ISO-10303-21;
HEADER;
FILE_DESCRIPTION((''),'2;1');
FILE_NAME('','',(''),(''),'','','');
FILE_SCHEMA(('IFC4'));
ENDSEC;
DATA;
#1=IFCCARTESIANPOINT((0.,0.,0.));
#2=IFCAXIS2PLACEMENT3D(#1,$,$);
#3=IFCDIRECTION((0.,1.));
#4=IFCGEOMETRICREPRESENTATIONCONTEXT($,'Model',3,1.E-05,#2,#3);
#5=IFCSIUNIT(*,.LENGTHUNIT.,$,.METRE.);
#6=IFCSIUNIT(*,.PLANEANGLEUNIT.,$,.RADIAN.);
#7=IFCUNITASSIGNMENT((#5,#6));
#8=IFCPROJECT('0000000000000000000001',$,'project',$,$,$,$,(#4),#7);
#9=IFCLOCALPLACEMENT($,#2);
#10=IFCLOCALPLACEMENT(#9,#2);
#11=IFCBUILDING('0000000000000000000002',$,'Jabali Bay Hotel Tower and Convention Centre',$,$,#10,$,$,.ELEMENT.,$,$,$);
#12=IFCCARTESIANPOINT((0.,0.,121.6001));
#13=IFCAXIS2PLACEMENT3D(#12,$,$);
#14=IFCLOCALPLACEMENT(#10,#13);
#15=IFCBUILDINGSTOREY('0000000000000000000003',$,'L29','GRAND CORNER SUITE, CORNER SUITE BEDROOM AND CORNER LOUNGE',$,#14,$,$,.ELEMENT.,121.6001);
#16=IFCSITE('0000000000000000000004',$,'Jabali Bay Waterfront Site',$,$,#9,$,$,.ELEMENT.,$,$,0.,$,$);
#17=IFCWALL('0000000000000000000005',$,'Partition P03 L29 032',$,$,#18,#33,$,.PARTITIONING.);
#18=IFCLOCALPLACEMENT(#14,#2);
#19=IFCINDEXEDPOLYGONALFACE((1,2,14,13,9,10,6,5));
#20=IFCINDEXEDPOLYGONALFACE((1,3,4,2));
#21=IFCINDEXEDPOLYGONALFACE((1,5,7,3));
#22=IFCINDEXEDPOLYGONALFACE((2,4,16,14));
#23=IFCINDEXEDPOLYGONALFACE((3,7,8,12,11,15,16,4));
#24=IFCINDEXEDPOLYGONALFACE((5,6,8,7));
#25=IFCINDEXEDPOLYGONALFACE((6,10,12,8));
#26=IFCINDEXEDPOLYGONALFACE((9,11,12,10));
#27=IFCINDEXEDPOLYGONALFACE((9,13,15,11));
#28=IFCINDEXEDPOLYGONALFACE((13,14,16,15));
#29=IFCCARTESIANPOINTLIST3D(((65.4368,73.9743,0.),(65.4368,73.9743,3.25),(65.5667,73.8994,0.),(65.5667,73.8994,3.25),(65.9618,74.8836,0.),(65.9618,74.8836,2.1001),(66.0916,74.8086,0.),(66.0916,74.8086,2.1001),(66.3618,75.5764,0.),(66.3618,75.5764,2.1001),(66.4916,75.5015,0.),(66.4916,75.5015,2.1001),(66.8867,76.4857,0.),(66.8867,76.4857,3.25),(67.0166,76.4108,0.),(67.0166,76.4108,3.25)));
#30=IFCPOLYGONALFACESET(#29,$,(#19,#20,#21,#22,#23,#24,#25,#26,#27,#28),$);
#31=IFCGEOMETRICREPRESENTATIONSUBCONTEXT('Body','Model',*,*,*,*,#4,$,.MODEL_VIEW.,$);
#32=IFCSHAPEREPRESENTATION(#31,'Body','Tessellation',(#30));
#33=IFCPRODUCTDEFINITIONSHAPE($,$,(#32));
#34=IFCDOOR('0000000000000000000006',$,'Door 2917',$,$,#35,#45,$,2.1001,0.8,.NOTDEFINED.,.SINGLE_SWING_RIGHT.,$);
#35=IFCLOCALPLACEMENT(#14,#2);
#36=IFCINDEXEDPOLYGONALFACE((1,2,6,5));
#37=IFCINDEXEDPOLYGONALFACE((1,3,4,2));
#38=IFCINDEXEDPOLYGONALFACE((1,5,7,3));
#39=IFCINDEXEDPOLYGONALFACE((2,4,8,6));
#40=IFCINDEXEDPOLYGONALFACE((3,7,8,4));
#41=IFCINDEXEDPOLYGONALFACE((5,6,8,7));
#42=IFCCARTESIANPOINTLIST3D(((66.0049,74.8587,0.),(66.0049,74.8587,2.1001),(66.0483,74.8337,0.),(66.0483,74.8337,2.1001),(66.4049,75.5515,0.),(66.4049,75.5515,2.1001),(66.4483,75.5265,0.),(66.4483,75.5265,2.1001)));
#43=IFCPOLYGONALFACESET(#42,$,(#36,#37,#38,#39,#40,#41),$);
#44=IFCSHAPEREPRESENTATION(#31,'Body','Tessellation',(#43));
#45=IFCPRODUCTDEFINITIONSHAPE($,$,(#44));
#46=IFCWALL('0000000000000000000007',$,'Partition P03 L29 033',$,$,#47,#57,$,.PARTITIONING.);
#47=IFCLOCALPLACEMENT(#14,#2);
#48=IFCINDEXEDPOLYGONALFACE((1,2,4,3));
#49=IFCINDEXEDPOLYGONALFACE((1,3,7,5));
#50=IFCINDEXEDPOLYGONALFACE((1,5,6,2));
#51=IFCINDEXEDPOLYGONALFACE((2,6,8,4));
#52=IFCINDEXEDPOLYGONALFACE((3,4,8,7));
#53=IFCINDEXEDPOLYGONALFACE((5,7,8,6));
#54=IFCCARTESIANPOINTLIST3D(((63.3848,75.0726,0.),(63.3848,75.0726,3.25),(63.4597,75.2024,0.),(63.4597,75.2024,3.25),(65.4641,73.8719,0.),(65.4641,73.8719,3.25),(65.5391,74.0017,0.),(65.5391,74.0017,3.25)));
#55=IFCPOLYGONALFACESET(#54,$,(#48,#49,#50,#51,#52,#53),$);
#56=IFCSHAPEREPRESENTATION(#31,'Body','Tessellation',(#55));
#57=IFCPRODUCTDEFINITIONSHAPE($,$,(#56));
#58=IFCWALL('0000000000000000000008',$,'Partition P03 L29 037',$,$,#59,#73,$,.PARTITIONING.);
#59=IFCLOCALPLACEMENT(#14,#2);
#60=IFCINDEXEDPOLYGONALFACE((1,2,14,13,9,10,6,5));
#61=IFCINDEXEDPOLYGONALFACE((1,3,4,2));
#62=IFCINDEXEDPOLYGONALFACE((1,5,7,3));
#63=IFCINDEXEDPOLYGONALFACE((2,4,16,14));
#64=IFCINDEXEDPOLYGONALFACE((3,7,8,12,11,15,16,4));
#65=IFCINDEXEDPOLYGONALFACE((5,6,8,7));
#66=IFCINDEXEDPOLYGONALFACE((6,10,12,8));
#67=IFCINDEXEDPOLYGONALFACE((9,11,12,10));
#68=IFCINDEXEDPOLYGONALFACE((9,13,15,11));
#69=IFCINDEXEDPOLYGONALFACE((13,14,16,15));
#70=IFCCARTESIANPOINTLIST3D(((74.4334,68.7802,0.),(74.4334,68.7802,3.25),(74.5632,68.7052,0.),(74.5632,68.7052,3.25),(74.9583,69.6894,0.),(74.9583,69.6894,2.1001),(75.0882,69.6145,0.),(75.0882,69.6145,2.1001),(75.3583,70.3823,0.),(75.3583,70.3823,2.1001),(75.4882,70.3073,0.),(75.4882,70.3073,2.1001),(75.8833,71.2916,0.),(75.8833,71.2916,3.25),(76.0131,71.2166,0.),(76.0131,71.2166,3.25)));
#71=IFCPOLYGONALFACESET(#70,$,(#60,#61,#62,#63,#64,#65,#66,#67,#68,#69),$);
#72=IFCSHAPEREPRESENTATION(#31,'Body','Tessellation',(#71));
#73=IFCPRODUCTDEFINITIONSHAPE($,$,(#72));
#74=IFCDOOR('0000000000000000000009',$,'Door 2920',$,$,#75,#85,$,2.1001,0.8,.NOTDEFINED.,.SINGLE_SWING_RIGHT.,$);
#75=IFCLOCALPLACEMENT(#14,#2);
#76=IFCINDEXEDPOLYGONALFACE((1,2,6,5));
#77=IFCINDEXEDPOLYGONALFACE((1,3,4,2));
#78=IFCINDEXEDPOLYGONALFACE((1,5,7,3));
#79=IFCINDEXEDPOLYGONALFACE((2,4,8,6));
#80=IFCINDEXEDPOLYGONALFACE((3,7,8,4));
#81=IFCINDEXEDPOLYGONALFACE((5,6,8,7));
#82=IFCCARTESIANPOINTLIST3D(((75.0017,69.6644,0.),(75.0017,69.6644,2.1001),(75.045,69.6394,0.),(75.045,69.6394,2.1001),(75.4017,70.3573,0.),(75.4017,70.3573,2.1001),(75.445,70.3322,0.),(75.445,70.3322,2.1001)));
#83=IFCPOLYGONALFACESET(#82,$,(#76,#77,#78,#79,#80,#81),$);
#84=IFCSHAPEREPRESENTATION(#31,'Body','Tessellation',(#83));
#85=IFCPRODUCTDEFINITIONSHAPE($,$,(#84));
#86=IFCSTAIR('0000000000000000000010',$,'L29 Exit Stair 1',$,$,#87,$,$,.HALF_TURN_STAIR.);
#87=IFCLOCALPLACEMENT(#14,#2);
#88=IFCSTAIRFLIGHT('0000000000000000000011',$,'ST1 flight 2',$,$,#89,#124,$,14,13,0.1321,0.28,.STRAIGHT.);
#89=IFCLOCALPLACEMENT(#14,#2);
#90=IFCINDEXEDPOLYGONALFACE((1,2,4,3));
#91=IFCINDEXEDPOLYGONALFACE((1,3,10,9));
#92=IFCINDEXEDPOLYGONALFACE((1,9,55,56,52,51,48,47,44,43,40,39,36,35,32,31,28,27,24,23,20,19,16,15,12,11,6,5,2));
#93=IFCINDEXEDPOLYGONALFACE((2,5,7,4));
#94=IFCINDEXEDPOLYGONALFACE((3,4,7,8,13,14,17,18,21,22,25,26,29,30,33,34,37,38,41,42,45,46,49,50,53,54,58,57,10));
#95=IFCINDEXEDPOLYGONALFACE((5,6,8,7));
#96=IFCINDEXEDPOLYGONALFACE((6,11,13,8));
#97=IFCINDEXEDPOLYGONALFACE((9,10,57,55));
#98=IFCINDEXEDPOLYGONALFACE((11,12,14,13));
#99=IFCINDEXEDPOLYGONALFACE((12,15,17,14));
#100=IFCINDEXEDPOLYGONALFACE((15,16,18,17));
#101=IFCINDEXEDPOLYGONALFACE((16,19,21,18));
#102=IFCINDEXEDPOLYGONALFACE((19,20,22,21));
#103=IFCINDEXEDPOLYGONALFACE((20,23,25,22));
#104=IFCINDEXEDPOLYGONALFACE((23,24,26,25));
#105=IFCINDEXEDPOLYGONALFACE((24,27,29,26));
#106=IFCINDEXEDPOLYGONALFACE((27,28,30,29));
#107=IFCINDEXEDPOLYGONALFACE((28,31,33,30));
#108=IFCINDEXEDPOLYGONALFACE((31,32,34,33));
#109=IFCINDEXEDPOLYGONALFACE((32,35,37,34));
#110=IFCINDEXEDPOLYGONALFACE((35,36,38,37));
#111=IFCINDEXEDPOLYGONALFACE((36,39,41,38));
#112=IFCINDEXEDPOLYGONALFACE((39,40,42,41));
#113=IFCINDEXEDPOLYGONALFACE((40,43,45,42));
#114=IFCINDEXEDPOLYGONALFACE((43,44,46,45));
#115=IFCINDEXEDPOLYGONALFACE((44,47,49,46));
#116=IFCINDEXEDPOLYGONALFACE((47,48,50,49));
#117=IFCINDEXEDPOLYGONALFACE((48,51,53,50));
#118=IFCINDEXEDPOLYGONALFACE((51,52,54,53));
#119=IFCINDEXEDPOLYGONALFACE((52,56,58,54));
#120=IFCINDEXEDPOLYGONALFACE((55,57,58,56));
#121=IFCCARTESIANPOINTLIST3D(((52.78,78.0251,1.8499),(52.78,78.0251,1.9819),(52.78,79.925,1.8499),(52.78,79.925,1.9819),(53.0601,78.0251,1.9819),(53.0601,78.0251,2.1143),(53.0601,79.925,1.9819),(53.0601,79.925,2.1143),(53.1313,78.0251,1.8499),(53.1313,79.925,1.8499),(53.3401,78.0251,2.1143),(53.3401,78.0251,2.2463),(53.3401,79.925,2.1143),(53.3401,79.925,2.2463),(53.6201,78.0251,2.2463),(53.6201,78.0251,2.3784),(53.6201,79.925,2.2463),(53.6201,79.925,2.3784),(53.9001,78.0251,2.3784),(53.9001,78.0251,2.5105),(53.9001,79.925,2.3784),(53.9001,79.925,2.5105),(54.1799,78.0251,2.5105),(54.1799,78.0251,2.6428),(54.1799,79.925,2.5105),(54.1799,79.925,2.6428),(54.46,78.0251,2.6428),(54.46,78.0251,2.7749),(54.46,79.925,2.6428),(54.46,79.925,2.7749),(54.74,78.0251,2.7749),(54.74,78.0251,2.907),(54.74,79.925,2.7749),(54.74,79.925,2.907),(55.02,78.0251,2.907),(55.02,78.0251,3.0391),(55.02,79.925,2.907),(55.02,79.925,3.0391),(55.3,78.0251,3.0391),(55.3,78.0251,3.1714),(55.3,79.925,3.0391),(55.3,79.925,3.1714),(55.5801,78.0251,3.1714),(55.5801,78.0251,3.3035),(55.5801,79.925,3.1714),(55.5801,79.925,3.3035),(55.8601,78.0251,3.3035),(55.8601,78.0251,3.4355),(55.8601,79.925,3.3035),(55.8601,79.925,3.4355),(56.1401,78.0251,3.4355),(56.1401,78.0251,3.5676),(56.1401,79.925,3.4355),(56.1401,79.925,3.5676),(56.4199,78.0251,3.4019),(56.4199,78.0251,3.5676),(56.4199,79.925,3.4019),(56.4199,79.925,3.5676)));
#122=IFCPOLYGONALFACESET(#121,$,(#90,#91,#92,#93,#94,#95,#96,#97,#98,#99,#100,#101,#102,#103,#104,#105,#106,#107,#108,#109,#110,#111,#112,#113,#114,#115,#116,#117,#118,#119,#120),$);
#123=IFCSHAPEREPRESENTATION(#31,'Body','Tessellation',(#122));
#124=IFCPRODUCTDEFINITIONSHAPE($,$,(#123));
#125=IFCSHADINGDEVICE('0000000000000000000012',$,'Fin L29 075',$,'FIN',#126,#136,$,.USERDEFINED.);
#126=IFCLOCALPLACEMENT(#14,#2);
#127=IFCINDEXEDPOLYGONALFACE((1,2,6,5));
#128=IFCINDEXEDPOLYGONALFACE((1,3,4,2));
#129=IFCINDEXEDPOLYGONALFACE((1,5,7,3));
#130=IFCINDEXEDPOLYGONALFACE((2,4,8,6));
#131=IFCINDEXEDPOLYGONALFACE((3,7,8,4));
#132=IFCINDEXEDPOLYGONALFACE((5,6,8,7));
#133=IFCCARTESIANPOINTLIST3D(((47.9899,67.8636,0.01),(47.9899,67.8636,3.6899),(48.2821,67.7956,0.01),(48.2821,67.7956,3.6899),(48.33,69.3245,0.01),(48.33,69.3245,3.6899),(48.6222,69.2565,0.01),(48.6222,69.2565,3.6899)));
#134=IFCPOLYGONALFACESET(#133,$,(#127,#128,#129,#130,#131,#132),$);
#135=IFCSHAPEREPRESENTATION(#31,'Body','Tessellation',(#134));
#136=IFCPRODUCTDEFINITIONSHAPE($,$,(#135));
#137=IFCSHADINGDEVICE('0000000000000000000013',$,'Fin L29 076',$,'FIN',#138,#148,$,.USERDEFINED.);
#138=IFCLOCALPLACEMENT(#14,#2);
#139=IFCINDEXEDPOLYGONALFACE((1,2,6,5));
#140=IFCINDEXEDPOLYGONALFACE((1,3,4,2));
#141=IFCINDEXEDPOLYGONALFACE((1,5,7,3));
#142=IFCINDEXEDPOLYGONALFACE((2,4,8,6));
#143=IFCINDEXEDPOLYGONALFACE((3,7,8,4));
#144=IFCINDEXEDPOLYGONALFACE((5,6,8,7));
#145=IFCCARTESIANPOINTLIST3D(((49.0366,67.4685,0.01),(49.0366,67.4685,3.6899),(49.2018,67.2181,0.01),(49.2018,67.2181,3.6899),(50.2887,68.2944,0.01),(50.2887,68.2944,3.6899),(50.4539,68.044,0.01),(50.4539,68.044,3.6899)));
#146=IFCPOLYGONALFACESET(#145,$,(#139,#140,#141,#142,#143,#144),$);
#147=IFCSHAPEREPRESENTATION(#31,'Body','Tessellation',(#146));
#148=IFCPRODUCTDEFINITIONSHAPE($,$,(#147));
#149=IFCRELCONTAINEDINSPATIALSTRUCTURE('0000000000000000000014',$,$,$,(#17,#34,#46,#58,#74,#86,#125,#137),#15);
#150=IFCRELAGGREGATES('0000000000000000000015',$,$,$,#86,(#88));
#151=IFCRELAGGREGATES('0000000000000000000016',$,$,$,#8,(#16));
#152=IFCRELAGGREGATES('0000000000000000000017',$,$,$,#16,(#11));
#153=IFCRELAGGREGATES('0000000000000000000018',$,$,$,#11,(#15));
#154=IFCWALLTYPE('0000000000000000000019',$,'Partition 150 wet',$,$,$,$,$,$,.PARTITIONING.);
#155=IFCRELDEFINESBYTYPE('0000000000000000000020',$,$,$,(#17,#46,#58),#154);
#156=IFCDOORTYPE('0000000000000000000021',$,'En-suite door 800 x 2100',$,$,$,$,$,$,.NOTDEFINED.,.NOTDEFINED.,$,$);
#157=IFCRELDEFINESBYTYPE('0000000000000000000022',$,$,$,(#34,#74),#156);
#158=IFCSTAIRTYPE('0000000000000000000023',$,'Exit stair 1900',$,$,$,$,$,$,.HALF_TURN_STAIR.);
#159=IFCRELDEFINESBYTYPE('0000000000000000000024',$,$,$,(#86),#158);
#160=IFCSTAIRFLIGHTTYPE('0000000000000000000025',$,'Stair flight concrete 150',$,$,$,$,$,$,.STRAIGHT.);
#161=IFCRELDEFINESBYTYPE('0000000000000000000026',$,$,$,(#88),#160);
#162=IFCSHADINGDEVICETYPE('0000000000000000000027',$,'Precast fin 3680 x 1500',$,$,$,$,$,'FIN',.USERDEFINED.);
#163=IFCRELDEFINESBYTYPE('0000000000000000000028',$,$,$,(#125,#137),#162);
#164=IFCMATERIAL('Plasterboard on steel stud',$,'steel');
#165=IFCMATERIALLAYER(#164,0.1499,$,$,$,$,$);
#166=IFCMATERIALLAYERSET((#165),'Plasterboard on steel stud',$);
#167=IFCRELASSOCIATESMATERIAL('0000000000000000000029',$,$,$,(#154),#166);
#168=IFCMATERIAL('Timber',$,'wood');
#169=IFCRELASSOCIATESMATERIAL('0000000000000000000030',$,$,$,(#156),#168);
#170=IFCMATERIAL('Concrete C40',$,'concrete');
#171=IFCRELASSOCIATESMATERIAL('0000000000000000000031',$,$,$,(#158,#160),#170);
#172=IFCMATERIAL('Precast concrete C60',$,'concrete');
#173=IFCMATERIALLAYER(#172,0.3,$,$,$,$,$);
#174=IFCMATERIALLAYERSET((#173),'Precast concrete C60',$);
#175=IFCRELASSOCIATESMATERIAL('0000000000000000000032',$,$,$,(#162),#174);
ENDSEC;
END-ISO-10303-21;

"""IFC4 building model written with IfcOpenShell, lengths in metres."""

from ifc_helpers import new_model, si_unit, direction, frame, frame_2d, origin, place, context, subcontext, project, spatial, polyline, rectangle, outline, extrude, material, layer, layer_set, type_object, element, fill, aggregate, save


model = new_model("IFC4")

# Units and contexts
model_context = context("Model", 3, precision=1e-05, world=origin(), true_north=direction((0.0, 1.0)))
body_context = subcontext(model_context, "Body", "Model", "MODEL_VIEW")
ifc_project = project(units=[si_unit("LENGTHUNIT", "METRE"), si_unit("PLANEANGLEUNIT", "RADIAN")], contexts=[model_context])

# Site, building, storey
site_placement = place(None, origin())
site = spatial("IfcSite", under=ifc_project, at=site_placement, Name="Jabali Bay Waterfront Site", CompositionType="ELEMENT", RefElevation=0.0)
building_placement = place(site_placement, origin())
building = spatial("IfcBuilding", under=site, at=building_placement, Name="Jabali Bay Hotel Tower and Convention Centre", CompositionType="ELEMENT")
storey_placement = place(building_placement, frame((0.0, 0.0, 121.6001)))
storey = spatial("IfcBuildingStorey", under=building, at=storey_placement, Name="L29", Description="GRAND CORNER SUITE, CORNER SUITE BEDROOM AND CORNER LOUNGE", CompositionType="ELEMENT", Elevation=121.6001)

# Shared definitions
ifc_material_1 = material(Name="Concrete C40", Category="concrete")

# Shared definitions
ifc_material_2 = material(Name="Timber", Category="wood")

# Wall, opening, door
ifc_material_3 = material(Name="Plasterboard on steel stud", Category="steel")
ifc_layer_1 = layer(ifc_material_3, 0.1499)
ifc_layer_set_1 = layer_set([ifc_layer_1], Name="Plasterboard on steel stud")
wall_type_1 = type_object("IfcWallType", Name="Partition 150 wet", PredefinedType="PARTITIONING", material=ifc_layer_set_1)
wall_1_placement = place(storey_placement, frame((66.9517, 76.4482, 0.0), z_axis=(0.0, 0.0, 1.0), x_axis=(-0.499987, -0.866033, 0.0)))
wall_1 = element("IfcWall", 1, at=wall_1_placement, inside=storey, type_object=wall_type_1, Name="Partition P03 L29 032", PredefinedType="PARTITIONING", context=body_context, shape_type="SweptSolid", body=[
    extrude(rectangle(XDim=2.8999, YDim=0.1499, at=frame_2d((1.45, 0.0))), origin(), (0.0, 0.0, 1.0), 3.25),
])
opening_1_placement = place(wall_1_placement, frame((1.05, 0.0, 0.0)))
opening_1 = element("IfcOpeningElement", 2, at=opening_1_placement, cuts=wall_1, PredefinedType="OPENING", context=body_context, shape_type="SweptSolid", body=[
    extrude(rectangle(XDim=0.8, YDim=2.1001, at=frame_2d((0.3999, 1.05))), frame((0.0, 0.0854, 0.0), z_axis=(0.0, -1.0, 0.0), x_axis=(1.0, 0.0, 0.0)), (0.0, 0.0, 1.0), 0.1709),
])
door_type_1 = type_object("IfcDoorType", Name="En-suite door 800 x 2100", OperationType="NOTDEFINED", PredefinedType="NOTDEFINED", material=ifc_material_2)
door_1_placement = place(opening_1_placement, origin())
door_1 = element("IfcDoor", 3, at=door_1_placement, inside=storey, type_object=door_type_1, Name="Door 2917", OperationType="SINGLE_SWING_RIGHT", OverallHeight=2.1001, OverallWidth=0.8, PredefinedType="NOTDEFINED", context=body_context, shape_type="SweptSolid", body=[
    extrude(rectangle(XDim=0.8, YDim=2.1001, at=frame_2d((0.3999, 1.05))), frame((0.0, 0.0249, 0.0), z_axis=(0.0, -1.0, 0.0), x_axis=(1.0, 0.0, 0.0)), (0.0, 0.0, 1.0), 0.05),
])
fill(opening_1, door_1)

# Wall
wall_2_placement = place(storey_placement, frame((65.5017, 73.9368, 0.0), z_axis=(0.0, 0.0, 1.0), x_axis=(-0.865994, 0.500054, 0.0)))
element("IfcWall", 4, at=wall_2_placement, inside=storey, type_object=wall_type_1, Name="Partition P03 L29 033", PredefinedType="PARTITIONING", context=body_context, shape_type="SweptSolid", body=[
    extrude(rectangle(XDim=2.4011, YDim=0.1499, at=frame_2d((1.2007, 0.0))), origin(), (0.0, 0.0, 1.0), 3.25),
])

# Wall, opening, door
wall_3_placement = place(storey_placement, frame((74.4983, 68.7427, 0.0), z_axis=(0.0, 0.0, 1.0), x_axis=(0.499987, 0.866033, 0.0)))
wall_3 = element("IfcWall", 5, at=wall_3_placement, inside=storey, type_object=wall_type_1, Name="Partition P03 L29 037", PredefinedType="PARTITIONING", context=body_context, shape_type="SweptSolid", body=[
    extrude(rectangle(XDim=2.8999, YDim=0.1499, at=frame_2d((1.45, 0.0))), origin(), (0.0, 0.0, 1.0), 3.25),
])
opening_2_placement = place(wall_3_placement, frame((1.05, 0.0, 0.0)))
opening_2 = element("IfcOpeningElement", 6, at=opening_2_placement, cuts=wall_3, PredefinedType="OPENING", context=body_context, shape_type="SweptSolid", body=[
    extrude(rectangle(XDim=0.8, YDim=2.1001, at=frame_2d((0.3999, 1.05))), frame((0.0, 0.0854, 0.0), z_axis=(0.0, -1.0, 0.0), x_axis=(1.0, 0.0, 0.0)), (0.0, 0.0, 1.0), 0.1709),
])
door_2_placement = place(opening_2_placement, origin())
door_2 = element("IfcDoor", 7, at=door_2_placement, inside=storey, type_object=door_type_1, Name="Door 2920", OperationType="SINGLE_SWING_RIGHT", OverallHeight=2.1001, OverallWidth=0.8, PredefinedType="NOTDEFINED", context=body_context, shape_type="SweptSolid", body=[
    extrude(rectangle(XDim=0.8, YDim=2.1001, at=frame_2d((0.3999, 1.05))), frame((0.0, 0.0249, 0.0), z_axis=(0.0, -1.0, 0.0), x_axis=(1.0, 0.0, 0.0)), (0.0, 0.0, 1.0), 0.05),
])
fill(opening_2, door_2)

# Stair, stair flight
stair_type = type_object("IfcStairType", Name="Exit stair 1900", PredefinedType="HALF_TURN_STAIR", material=ifc_material_1)
stair_placement = place(storey_placement, origin())
stair = element("IfcStair", 8, at=stair_placement, inside=storey, type_object=stair_type, Name="L29 Exit Stair 1", PredefinedType="HALF_TURN_STAIR")
stair_flight_type = type_object("IfcStairFlightType", Name="Stair flight concrete 150", PredefinedType="STRAIGHT", material=ifc_material_1)
stair_flight_placement = place(storey_placement, frame((52.78, 78.9751, 1.8499), z_axis=(0.0, 0.0, 1.0), x_axis=(1.0, 0.0, 0.0)))
stair_flight = element("IfcStairFlight", 9, at=stair_flight_placement, type_object=stair_flight_type, Name="ST1 flight 2", NumberOfRisers=14, NumberOfTreads=13, PredefinedType="STRAIGHT", RiserHeight=0.1321, TreadLength=0.28, context=body_context, shape_type="SweptSolid", body=[
    extrude(outline(polyline([(0.0, 0.0), (0.0, 0.1321), (0.28, 0.1321), (0.28, 0.2644), (0.5601, 0.2644), (0.5601, 0.3965), (0.8401, 0.3965), (0.8401, 0.5286), (1.1201, 0.5286), (1.1201, 0.6606), (1.3999, 0.6606), (1.3999, 0.793), (1.6799, 0.793), (1.6799, 0.925), (1.96, 0.925), (1.96, 1.0571), (2.24, 1.0571), (2.24, 1.1892), (2.52, 1.1892), (2.52, 1.3215), (2.8, 1.3215), (2.8, 1.4536), (3.0801, 1.4536), (3.0801, 1.5857), (3.3601, 1.5857), (3.3601, 1.7178), (3.6399, 1.7178), (3.6399, 1.8501), (3.6399, 1.552), (0.3513, 0.0), (0.0, 0.0)])), frame((0.0, 0.95, 0.0), z_axis=(0.0, -1.0, 0.0), x_axis=(1.0, 0.0, 0.0)), (0.0, 0.0, 1.0), 1.8999),
])
aggregate(stair, [stair_flight])

# Shading devices
ifc_material_4 = material(Name="Precast concrete C60", Category="concrete")
ifc_layer_2 = layer(ifc_material_4, 0.3)
ifc_layer_set_2 = layer_set([ifc_layer_2], Name="Precast concrete C60")
shading_device_type = type_object("IfcShadingDeviceType", Name="Precast fin 3680 x 1500", ElementType="FIN", PredefinedType="USERDEFINED", material=ifc_layer_set_2)
for number, where, z_axis, x_axis, name in (
    (10, (48.4761, 69.2905, 0.01), (0.0, 0.0, 1.0), (-0.226725, -0.973959, 0.0), "Fin L29 075"),
    (11, (50.3713, 68.1692, 0.01), (0.0, 0.0, 1.0), (-0.834769, -0.5506, 0.0), "Fin L29 076"),
):
    element("IfcShadingDevice", number, at=place(storey_placement, frame(where, z_axis=z_axis, x_axis=x_axis)), inside=storey, type_object=shading_device_type, Name=name, ObjectType="FIN", PredefinedType="USERDEFINED", context=body_context, shape_type="SweptSolid", body=[
        extrude(rectangle(XDim=1.5, YDim=0.3, at=frame_2d((0.75, 0.0))), origin(), (0.0, 0.0, 1.0), 3.6799),
    ])

save(model, "model.ifc")
